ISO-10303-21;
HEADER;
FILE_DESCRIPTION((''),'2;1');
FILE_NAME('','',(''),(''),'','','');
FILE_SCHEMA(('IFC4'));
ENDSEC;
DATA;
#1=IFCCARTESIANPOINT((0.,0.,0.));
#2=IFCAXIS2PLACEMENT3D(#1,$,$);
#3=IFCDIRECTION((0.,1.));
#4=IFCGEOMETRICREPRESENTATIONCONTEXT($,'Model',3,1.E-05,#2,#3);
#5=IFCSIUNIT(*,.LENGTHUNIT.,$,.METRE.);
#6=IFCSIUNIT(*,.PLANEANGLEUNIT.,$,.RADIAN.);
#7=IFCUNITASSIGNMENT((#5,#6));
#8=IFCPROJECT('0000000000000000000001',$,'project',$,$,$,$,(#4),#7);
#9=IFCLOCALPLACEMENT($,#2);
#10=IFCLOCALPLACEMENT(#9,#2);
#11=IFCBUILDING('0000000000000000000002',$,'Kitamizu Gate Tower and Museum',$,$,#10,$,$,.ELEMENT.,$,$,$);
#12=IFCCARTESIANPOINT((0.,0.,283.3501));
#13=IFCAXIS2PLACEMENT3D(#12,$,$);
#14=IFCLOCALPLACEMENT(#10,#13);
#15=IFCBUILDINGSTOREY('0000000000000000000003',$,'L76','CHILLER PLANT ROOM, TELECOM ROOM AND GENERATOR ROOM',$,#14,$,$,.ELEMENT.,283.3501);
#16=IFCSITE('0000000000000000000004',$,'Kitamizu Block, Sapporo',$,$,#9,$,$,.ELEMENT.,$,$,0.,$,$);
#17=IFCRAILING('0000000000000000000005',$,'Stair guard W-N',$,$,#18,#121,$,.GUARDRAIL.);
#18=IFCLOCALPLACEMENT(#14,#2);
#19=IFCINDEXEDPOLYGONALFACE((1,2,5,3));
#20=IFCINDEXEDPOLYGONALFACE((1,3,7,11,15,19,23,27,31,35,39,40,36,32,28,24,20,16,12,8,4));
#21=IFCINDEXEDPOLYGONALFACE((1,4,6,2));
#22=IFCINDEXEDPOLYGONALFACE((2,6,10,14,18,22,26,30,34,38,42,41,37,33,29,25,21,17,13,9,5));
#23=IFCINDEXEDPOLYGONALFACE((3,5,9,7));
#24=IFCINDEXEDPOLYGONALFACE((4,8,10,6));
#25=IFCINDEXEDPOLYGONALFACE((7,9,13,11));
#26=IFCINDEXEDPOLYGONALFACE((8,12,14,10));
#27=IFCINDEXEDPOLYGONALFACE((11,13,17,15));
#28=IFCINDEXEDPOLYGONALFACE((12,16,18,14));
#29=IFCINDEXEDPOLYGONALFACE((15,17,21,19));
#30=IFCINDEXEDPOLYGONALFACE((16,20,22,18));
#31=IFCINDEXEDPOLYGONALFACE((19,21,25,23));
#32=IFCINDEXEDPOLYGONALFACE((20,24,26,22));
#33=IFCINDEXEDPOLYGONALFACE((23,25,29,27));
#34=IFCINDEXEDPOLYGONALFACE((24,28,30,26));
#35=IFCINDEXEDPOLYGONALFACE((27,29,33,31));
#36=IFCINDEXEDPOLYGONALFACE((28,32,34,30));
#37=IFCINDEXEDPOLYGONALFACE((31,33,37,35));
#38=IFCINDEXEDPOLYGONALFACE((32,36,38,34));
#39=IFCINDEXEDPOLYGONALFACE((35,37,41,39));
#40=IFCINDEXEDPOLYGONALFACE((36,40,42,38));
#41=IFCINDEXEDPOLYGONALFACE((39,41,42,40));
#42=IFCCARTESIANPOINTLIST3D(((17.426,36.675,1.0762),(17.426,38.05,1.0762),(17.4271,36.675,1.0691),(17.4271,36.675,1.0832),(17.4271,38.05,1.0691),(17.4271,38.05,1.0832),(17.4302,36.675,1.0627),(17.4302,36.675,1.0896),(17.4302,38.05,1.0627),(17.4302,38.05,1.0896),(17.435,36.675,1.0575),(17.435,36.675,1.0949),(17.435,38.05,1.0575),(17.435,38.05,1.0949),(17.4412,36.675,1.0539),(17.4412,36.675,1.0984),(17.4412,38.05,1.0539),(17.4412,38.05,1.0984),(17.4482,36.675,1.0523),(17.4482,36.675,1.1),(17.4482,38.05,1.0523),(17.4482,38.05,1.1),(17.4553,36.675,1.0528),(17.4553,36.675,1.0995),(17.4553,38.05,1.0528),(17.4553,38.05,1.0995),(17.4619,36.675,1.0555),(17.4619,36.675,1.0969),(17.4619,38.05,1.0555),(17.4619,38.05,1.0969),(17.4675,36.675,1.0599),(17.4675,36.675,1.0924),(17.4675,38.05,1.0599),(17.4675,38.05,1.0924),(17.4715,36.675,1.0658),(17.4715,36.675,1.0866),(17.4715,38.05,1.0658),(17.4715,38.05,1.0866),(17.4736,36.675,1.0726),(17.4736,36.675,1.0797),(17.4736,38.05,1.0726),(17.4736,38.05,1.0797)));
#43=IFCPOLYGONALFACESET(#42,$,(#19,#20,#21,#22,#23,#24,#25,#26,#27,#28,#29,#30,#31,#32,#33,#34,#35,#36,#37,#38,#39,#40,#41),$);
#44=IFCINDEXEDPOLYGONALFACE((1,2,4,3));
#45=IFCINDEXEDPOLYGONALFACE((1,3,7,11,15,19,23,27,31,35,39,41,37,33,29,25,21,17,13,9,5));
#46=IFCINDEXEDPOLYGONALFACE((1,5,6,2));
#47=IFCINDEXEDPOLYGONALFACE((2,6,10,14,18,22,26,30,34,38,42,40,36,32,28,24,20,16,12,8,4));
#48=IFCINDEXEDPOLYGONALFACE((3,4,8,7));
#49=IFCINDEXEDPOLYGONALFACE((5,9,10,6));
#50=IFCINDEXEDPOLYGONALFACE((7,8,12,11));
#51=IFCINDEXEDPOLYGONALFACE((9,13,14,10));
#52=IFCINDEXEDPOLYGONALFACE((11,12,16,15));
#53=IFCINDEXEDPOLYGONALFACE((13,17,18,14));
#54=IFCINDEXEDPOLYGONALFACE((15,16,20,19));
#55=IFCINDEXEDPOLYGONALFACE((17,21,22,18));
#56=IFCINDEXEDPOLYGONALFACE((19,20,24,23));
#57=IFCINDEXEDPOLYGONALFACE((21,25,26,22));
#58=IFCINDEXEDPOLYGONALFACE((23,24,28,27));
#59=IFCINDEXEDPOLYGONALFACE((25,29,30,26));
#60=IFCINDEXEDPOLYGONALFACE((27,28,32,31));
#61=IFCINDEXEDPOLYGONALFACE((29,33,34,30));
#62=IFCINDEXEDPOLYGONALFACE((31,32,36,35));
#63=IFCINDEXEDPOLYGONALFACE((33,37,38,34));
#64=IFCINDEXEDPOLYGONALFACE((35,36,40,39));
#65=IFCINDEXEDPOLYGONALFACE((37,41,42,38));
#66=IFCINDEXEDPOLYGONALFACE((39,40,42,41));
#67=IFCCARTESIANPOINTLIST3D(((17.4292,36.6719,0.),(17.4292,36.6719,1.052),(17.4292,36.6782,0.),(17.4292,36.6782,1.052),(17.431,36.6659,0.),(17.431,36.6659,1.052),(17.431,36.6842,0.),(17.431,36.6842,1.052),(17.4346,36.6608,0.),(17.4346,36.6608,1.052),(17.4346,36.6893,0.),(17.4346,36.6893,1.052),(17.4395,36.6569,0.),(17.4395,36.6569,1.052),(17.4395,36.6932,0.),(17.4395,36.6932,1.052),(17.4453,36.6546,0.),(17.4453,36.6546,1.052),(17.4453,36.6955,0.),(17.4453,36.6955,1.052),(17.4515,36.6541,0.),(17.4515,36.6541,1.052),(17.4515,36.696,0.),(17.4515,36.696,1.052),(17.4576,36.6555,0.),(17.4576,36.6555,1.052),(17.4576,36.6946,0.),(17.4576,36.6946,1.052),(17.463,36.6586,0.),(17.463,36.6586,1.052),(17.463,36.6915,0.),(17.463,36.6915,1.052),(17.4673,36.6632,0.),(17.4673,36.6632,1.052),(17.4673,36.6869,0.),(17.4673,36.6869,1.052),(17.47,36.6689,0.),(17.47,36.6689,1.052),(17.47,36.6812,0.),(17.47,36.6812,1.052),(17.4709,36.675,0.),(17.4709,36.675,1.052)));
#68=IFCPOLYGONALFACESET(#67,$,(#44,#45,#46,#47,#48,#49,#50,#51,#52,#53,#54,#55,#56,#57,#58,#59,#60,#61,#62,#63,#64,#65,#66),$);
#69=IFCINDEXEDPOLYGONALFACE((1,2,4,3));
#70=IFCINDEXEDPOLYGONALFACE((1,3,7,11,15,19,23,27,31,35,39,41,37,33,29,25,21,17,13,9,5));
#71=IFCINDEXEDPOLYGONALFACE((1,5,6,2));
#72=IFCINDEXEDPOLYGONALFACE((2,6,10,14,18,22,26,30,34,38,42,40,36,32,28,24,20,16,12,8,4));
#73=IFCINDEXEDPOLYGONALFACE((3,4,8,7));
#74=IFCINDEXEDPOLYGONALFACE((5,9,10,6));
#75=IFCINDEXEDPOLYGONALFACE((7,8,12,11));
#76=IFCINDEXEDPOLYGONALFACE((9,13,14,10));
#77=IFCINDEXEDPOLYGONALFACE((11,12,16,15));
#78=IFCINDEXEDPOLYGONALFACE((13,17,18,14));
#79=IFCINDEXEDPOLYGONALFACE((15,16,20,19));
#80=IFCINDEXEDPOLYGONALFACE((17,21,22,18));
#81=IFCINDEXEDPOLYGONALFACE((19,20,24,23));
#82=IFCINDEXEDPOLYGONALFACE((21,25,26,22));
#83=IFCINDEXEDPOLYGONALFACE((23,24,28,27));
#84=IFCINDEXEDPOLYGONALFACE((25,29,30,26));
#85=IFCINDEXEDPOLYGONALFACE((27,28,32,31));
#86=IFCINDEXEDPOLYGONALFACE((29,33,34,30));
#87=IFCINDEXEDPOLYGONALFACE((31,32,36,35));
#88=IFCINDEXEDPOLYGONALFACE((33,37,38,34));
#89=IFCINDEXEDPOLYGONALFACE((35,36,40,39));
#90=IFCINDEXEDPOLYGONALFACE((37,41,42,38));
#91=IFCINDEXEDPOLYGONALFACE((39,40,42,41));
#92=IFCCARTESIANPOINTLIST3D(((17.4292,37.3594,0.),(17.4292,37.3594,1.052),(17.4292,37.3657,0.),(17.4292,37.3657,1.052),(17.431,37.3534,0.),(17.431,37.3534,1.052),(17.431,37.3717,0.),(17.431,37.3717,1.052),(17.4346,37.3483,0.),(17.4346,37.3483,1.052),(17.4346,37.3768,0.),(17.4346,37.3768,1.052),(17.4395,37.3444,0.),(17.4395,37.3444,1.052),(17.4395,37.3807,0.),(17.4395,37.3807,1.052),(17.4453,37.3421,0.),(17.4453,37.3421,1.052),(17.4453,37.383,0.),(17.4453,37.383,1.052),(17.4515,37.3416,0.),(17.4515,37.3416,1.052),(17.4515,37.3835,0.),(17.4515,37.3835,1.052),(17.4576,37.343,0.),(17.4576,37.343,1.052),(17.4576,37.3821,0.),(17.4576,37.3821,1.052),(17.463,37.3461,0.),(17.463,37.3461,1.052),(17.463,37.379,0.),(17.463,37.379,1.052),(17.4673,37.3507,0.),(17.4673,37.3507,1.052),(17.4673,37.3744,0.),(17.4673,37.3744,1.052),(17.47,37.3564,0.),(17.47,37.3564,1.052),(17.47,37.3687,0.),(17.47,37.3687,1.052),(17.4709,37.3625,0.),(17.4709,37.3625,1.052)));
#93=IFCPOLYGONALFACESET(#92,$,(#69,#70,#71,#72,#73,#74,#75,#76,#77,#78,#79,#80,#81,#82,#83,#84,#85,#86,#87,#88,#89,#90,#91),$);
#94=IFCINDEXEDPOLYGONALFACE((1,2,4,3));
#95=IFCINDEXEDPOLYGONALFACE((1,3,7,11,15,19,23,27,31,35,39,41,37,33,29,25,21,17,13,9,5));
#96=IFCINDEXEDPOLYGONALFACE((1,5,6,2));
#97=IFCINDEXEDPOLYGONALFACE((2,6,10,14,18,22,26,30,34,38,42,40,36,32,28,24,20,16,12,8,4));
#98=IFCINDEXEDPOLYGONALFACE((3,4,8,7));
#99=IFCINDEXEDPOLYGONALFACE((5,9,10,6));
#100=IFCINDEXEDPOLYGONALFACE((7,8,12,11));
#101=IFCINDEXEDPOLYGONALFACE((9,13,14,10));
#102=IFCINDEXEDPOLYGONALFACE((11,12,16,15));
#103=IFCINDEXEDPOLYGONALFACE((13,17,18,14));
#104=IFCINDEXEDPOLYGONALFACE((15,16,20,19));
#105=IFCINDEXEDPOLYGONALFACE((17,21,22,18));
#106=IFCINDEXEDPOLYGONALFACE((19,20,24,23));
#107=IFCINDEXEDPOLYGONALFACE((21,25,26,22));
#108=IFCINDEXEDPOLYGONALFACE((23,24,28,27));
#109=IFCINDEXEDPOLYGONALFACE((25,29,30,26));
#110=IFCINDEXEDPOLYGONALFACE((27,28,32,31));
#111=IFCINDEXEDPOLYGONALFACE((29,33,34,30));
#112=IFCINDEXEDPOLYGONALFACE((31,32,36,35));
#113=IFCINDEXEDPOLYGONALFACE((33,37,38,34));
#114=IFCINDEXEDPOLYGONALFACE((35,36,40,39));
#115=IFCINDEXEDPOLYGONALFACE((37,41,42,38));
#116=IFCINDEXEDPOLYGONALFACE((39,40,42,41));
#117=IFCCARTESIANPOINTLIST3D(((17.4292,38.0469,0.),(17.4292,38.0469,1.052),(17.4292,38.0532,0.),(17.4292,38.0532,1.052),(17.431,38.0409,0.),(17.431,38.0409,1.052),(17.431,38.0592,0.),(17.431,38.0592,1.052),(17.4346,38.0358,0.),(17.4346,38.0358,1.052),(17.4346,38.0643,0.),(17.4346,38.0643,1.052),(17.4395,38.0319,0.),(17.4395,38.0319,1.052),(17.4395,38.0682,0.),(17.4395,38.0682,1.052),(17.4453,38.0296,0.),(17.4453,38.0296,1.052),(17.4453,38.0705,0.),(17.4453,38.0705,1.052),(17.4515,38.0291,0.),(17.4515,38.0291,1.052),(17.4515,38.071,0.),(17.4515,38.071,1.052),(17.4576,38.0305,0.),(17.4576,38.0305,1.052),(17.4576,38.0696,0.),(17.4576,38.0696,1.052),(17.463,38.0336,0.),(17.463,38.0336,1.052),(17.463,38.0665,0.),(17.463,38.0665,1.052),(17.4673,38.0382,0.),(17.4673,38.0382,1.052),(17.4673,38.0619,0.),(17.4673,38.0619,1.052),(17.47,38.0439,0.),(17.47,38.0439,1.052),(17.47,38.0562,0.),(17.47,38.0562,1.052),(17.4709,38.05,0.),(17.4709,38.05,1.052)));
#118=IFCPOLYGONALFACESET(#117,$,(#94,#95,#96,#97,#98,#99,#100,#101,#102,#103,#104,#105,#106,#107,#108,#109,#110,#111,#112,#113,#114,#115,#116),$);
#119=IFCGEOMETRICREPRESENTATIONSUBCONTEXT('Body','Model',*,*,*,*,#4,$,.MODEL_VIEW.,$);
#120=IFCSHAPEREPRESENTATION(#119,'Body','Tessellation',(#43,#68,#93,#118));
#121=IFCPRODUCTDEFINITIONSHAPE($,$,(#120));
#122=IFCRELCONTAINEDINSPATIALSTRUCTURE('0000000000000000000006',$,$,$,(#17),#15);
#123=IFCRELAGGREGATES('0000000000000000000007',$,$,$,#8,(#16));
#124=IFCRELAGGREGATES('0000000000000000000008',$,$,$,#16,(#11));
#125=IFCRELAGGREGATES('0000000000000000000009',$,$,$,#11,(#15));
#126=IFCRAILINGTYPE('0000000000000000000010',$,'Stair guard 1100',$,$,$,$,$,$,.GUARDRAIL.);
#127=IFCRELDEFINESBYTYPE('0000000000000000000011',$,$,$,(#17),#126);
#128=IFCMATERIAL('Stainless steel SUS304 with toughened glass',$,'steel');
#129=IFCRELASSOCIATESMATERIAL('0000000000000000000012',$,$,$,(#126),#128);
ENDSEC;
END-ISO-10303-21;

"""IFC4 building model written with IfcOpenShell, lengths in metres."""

from ifc_helpers import new_model, si_unit, direction, frame, origin, origin_2d, place, context, subcontext, project, spatial, circle, extrude, material, type_object, element, save


model = new_model("IFC4")

# Units and contexts
model_context = context("Model", 3, precision=1e-05, world=origin(), true_north=direction((0.0, 1.0)))
body_context = subcontext(model_context, "Body", "Model", "MODEL_VIEW")
ifc_project = project(units=[si_unit("LENGTHUNIT", "METRE"), si_unit("PLANEANGLEUNIT", "RADIAN")], contexts=[model_context])

# Site, building, storey
site_placement = place(None, origin())
site = spatial("IfcSite", under=ifc_project, at=site_placement, Name="Kitamizu Block, Sapporo", CompositionType="ELEMENT", RefElevation=0.0)
building_placement = place(site_placement, origin())
building = spatial("IfcBuilding", under=site, at=building_placement, Name="Kitamizu Gate Tower and Museum", CompositionType="ELEMENT")
storey_placement = place(building_placement, frame((0.0, 0.0, 283.3501)))
storey = spatial("IfcBuildingStorey", under=building, at=storey_placement, Name="L76", Description="CHILLER PLANT ROOM, TELECOM ROOM AND GENERATOR ROOM", CompositionType="ELEMENT", Elevation=283.3501)

# Railing
ifc_material_1 = material(Name="Stainless steel SUS304 with toughened glass", Category="steel")
railing_type = type_object("IfcRailingType", Name="Stair guard 1100", PredefinedType="GUARDRAIL", material=ifc_material_1)
railing_placement = place(storey_placement, frame((17.45, 36.675, 0.0)))
element("IfcRailing", 1, at=railing_placement, inside=storey, type_object=railing_type, Name="Stair guard W-N", PredefinedType="GUARDRAIL", context=body_context, shape_type="SweptSolid", body=[
    extrude(circle(Radius=0.0239, at=origin_2d()), frame((0.0, 0.0, 1.0762), z_axis=(0.0, 1.0, 0.0), x_axis=(-1.0, 0.0, 0.0)), (0.0, 0.0, 1.0), 1.375),
    extrude(circle(Radius=0.021, at=origin_2d()), origin(), (0.0, 0.0, 1.0), 1.052),
    extrude(circle(Radius=0.021, at=origin_2d()), frame((0.0, 0.6875, 0.0)), (0.0, 0.0, 1.0), 1.052),
    extrude(circle(Radius=0.021, at=origin_2d()), frame((0.0, 1.375, 0.0)), (0.0, 0.0, 1.0), 1.052),
])

save(model, "model.ifc")
